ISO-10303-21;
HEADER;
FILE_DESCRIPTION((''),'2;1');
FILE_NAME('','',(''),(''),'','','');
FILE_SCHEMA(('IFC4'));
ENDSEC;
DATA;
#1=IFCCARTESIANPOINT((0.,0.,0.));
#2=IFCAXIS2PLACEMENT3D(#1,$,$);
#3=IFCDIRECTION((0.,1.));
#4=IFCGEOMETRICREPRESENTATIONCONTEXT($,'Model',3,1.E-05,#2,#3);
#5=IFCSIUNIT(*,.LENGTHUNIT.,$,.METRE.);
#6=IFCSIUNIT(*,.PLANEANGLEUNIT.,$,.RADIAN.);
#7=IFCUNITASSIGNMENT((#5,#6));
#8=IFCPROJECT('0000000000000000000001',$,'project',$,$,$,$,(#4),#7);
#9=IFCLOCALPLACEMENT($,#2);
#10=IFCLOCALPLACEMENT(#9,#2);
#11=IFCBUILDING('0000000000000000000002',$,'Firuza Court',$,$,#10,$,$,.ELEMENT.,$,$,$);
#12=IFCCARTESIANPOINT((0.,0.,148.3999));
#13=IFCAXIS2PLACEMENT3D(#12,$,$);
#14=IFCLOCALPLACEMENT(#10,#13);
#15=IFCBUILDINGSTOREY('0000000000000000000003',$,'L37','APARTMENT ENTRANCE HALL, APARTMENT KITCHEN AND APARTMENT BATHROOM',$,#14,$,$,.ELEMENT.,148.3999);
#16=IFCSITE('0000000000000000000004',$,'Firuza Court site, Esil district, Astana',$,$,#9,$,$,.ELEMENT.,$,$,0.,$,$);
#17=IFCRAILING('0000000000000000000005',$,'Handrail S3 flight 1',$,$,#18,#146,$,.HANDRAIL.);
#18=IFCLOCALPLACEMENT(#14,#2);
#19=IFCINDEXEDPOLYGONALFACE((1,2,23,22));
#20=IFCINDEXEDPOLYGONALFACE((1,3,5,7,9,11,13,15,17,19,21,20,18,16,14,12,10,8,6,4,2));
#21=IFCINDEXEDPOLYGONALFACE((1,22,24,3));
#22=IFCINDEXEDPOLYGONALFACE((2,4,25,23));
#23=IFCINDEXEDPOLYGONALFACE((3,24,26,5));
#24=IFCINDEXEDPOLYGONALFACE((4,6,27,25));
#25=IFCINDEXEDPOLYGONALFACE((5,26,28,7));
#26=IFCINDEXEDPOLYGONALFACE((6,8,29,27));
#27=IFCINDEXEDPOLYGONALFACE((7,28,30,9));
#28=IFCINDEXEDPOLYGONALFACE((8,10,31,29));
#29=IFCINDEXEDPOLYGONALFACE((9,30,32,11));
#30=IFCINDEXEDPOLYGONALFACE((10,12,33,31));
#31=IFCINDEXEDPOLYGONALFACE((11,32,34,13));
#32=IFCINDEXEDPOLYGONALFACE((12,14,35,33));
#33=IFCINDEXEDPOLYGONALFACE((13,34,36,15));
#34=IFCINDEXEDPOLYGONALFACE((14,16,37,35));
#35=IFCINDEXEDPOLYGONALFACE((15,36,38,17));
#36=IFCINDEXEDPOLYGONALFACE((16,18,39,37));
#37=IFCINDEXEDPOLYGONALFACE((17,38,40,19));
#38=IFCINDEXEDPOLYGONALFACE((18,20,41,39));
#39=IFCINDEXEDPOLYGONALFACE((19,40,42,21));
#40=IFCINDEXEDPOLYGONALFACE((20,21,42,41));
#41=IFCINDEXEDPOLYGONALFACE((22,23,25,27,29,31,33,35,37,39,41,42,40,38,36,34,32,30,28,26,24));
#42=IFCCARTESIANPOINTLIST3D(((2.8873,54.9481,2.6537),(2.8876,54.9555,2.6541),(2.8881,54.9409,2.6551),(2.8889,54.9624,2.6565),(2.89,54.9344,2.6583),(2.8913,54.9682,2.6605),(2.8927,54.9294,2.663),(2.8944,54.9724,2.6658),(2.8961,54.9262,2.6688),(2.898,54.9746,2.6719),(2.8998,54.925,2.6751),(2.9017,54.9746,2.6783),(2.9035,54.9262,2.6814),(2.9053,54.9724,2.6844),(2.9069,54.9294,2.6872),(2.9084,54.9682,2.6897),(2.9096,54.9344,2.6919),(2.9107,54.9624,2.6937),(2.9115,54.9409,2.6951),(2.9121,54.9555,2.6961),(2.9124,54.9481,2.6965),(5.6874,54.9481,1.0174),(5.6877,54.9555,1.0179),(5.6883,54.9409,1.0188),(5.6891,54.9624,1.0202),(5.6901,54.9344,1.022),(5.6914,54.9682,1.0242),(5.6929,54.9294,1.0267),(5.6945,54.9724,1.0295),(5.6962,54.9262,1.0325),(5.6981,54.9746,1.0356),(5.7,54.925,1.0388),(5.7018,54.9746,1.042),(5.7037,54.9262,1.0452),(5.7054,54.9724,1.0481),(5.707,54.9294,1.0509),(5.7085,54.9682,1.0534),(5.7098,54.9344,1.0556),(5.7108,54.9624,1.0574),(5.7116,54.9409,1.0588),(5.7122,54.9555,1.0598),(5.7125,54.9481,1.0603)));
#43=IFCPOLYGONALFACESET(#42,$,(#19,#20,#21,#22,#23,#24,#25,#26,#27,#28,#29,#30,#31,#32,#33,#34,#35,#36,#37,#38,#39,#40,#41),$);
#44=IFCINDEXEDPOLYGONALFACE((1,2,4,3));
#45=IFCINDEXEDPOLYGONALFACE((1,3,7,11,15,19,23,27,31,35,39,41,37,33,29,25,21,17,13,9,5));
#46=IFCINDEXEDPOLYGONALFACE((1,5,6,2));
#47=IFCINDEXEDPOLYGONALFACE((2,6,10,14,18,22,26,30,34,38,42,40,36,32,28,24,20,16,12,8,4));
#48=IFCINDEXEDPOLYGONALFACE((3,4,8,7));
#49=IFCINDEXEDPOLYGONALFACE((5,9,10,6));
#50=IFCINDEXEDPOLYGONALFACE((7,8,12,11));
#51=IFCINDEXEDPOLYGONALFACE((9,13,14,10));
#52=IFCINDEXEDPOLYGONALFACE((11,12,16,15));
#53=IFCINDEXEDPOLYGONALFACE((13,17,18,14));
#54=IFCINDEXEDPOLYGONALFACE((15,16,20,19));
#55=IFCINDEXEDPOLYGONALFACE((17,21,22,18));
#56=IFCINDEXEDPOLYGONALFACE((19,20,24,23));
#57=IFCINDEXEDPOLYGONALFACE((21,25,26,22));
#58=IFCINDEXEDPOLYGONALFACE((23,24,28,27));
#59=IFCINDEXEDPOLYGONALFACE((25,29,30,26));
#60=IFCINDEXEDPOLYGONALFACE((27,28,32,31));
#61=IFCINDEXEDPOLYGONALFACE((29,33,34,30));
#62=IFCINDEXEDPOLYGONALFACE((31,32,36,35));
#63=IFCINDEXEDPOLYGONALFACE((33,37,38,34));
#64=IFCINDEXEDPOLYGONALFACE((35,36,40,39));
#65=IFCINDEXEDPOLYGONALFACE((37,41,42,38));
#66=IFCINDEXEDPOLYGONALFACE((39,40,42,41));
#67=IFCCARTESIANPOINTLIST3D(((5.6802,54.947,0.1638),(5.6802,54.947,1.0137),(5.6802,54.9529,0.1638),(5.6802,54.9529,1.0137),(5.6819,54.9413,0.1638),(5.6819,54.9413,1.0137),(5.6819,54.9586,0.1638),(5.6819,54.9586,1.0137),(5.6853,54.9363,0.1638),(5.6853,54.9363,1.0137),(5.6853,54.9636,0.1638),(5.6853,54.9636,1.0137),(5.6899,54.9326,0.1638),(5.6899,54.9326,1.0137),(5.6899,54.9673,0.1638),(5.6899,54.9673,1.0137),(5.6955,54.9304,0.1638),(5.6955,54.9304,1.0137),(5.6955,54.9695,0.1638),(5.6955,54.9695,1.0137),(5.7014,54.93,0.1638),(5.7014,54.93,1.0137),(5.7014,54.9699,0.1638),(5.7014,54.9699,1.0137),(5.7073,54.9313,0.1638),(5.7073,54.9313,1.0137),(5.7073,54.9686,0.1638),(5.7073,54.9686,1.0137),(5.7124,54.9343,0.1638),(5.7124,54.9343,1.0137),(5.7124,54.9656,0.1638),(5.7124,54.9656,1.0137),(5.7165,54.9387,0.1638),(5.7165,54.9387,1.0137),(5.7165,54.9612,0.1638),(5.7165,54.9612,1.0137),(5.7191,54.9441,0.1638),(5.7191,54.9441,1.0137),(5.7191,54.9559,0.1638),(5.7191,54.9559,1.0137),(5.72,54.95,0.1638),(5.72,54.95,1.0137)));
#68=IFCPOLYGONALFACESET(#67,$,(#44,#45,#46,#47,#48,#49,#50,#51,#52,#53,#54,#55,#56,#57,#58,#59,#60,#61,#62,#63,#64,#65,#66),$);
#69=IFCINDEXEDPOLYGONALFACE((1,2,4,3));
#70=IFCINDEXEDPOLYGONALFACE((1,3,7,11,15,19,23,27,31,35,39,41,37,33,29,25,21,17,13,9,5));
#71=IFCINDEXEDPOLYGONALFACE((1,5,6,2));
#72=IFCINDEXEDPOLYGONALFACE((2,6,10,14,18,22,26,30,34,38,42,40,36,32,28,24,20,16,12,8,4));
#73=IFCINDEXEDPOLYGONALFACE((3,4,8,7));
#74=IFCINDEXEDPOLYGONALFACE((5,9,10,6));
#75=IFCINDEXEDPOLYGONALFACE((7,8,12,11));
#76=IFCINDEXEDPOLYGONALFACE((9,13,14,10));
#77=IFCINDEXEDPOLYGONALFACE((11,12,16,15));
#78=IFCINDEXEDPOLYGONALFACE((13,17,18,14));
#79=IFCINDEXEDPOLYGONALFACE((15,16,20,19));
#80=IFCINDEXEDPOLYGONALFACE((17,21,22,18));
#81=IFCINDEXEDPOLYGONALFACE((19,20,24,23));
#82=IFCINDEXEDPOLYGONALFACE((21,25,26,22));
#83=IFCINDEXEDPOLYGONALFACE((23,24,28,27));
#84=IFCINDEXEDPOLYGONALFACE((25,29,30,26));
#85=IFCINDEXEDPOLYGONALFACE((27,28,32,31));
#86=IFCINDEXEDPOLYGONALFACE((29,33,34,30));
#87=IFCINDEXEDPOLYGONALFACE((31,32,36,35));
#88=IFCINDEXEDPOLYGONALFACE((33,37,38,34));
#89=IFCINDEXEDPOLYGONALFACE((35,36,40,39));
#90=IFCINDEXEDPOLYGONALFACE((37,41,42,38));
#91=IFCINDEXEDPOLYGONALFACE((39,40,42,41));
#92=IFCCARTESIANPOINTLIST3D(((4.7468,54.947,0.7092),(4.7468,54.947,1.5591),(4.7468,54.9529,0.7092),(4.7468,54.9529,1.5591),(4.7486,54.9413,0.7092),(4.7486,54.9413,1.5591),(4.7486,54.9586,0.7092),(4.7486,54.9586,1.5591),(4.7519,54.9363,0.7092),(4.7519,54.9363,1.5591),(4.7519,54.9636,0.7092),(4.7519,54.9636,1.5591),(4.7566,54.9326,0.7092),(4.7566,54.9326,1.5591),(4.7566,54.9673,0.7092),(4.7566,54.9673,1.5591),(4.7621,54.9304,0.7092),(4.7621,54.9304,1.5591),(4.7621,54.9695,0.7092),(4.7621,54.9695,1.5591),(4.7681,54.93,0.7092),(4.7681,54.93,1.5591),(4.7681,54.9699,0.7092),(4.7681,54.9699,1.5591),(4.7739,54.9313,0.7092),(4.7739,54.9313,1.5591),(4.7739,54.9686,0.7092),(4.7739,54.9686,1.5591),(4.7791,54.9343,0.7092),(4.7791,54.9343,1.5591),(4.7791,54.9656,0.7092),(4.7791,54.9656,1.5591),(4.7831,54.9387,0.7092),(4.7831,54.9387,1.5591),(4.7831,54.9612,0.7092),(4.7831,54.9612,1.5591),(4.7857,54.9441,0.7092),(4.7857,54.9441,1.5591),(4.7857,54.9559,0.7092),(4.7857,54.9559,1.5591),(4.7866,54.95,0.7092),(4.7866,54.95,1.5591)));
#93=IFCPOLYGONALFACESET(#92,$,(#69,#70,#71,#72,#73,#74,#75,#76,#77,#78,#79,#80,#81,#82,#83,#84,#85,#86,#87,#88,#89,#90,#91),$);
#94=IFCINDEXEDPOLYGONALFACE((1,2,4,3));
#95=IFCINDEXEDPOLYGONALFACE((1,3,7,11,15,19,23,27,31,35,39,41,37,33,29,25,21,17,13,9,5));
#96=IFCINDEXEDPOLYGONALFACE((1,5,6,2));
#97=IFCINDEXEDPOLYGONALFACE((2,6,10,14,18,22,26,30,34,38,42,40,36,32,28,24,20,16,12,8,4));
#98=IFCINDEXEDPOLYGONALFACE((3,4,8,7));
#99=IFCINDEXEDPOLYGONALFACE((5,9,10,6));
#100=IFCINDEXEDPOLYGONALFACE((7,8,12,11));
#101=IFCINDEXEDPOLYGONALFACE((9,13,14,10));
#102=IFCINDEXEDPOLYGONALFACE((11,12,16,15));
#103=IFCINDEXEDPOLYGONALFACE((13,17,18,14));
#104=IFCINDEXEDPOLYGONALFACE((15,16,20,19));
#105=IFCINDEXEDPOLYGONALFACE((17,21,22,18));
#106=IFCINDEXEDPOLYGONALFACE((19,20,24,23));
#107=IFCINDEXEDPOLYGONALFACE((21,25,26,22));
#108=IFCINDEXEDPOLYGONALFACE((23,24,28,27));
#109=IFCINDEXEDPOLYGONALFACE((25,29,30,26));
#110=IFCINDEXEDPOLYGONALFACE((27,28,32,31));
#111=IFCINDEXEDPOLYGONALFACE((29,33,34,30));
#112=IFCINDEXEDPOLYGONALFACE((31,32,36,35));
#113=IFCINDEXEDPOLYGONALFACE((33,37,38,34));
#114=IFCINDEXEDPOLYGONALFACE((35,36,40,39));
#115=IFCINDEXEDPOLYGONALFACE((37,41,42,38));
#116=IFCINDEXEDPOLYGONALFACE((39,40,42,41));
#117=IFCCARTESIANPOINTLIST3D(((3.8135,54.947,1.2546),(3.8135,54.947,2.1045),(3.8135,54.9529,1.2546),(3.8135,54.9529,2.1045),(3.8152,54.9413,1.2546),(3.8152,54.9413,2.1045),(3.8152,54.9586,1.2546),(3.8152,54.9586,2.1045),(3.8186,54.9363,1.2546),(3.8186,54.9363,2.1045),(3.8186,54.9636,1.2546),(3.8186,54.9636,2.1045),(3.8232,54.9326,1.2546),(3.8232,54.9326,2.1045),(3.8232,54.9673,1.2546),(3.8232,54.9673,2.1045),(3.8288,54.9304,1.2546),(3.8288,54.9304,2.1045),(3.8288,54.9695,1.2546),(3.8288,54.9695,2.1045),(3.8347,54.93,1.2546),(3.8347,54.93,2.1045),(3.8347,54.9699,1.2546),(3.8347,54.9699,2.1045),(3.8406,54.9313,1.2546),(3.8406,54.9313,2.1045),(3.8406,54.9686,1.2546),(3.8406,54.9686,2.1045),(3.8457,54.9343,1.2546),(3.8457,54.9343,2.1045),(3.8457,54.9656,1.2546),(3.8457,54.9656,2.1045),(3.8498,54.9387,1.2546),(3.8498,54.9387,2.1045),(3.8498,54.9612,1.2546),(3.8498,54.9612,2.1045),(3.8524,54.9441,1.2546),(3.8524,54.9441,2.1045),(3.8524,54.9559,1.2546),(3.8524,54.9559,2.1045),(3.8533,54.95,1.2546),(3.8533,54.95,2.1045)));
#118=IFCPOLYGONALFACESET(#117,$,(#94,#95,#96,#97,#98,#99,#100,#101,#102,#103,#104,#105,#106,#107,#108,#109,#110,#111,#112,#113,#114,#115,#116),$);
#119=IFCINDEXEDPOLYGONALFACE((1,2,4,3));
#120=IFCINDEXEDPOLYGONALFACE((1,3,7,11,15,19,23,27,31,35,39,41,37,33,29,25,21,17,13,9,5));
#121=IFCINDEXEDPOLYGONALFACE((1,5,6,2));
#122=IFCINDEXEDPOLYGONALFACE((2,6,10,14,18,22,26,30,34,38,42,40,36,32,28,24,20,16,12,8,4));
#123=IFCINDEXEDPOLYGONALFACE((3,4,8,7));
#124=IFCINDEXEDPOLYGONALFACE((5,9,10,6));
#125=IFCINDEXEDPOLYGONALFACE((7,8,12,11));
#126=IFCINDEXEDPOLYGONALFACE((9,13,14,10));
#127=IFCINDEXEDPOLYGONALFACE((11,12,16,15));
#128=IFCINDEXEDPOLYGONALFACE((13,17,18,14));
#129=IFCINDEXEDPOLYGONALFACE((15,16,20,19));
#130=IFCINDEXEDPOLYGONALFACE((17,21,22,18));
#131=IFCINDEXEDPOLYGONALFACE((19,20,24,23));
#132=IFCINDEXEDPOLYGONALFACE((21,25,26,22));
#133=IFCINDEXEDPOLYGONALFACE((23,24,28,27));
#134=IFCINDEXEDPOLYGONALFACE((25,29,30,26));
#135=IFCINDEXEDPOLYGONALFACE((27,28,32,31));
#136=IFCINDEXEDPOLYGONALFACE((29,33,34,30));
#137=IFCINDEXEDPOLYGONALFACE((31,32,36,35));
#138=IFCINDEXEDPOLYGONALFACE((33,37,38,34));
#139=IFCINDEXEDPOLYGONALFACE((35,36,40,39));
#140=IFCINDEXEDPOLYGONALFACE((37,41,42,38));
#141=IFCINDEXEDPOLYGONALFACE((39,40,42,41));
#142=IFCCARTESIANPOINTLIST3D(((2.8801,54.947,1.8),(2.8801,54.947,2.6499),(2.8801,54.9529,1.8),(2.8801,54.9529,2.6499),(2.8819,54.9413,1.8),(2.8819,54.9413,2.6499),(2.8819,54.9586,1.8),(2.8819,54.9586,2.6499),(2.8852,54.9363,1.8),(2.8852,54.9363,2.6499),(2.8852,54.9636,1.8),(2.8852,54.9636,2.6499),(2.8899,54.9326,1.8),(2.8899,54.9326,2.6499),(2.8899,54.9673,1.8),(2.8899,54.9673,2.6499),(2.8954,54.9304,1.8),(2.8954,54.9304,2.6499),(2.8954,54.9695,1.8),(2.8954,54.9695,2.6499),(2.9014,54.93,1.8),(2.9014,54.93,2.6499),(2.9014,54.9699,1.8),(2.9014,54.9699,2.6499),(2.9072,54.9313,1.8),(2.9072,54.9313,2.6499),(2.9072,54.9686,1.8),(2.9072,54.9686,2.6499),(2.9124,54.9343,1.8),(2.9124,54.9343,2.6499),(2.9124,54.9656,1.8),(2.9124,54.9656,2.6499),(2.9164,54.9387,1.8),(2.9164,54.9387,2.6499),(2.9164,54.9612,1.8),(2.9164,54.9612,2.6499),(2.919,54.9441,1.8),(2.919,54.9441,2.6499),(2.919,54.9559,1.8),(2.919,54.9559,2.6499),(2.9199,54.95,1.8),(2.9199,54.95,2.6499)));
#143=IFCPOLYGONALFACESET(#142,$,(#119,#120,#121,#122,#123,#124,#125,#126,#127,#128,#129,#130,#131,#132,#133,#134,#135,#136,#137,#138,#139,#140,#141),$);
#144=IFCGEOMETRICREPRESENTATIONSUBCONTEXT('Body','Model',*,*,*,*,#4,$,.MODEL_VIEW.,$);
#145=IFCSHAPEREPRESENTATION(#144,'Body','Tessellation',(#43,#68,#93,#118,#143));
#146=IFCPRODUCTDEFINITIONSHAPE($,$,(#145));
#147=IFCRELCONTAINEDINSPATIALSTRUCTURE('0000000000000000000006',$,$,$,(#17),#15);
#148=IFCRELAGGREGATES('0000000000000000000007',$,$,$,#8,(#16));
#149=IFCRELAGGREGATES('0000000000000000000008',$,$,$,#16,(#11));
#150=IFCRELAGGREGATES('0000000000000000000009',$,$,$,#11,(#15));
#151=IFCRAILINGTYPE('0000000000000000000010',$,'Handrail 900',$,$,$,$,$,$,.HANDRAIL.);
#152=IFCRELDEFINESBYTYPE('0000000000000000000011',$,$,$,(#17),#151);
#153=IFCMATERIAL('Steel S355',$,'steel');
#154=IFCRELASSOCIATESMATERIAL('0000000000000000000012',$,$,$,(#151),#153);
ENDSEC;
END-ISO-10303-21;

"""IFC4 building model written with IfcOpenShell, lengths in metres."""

from ifc_helpers import new_model, si_unit, direction, frame, origin, origin_2d, place, context, subcontext, project, spatial, circle, extrude, material, type_object, element, save


model = new_model("IFC4")

# Units and contexts
model_context = context("Model", 3, precision=1e-05, world=origin(), true_north=direction((0.0, 1.0)))
body_context = subcontext(model_context, "Body", "Model", "MODEL_VIEW")
ifc_project = project(units=[si_unit("LENGTHUNIT", "METRE"), si_unit("PLANEANGLEUNIT", "RADIAN")], contexts=[model_context])

# Site, building, storey
site_placement = place(None, origin())
site = spatial("IfcSite", under=ifc_project, at=site_placement, Name="Firuza Court site, Esil district, Astana", CompositionType="ELEMENT", RefElevation=0.0)
building_placement = place(site_placement, origin())
building = spatial("IfcBuilding", under=site, at=building_placement, Name="Firuza Court", CompositionType="ELEMENT")
storey_placement = place(building_placement, frame((0.0, 0.0, 148.3999)))
storey = spatial("IfcBuildingStorey", under=building, at=storey_placement, Name="L37", Description="APARTMENT ENTRANCE HALL, APARTMENT KITCHEN AND APARTMENT BATHROOM", CompositionType="ELEMENT", Elevation=148.3999)

# Railing
ifc_material_1 = material(Name="Steel S355", Category="steel")
railing_type_1 = type_object("IfcRailingType", Name="Handrail 900", PredefinedType="HANDRAIL", material=ifc_material_1)
railing_1_placement = place(storey_placement, frame((5.7, 54.95, 0.1638)))
element("IfcRailing", 1, at=railing_1_placement, inside=storey, type_object=railing_type_1, Name="Handrail S3 flight 1", PredefinedType="HANDRAIL", context=body_context, shape_type="SweptSolid", body=[
    extrude(circle(Radius=0.0249, at=origin_2d()), frame((0.0, 0.0, 0.875), z_axis=(-0.863394, 0.0, 0.504531), x_axis=(0.0, -1.0, 0.0)), (0.0, 0.0, 1.0), 3.2432),
    extrude(circle(Radius=0.02, at=origin_2d()), origin(), (0.0, 0.0, 1.0), 0.8499),
    extrude(circle(Radius=0.02, at=origin_2d()), frame((-0.9333, 0.0, 0.5454)), (0.0, 0.0, 1.0), 0.8499),
    extrude(circle(Radius=0.02, at=origin_2d()), frame((-1.8667, 0.0, 1.0908)), (0.0, 0.0, 1.0), 0.8499),
    extrude(circle(Radius=0.02, at=origin_2d()), frame((-2.8, 0.0, 1.6362)), (0.0, 0.0, 1.0), 0.8499),
])

save(model, "model.ifc")
